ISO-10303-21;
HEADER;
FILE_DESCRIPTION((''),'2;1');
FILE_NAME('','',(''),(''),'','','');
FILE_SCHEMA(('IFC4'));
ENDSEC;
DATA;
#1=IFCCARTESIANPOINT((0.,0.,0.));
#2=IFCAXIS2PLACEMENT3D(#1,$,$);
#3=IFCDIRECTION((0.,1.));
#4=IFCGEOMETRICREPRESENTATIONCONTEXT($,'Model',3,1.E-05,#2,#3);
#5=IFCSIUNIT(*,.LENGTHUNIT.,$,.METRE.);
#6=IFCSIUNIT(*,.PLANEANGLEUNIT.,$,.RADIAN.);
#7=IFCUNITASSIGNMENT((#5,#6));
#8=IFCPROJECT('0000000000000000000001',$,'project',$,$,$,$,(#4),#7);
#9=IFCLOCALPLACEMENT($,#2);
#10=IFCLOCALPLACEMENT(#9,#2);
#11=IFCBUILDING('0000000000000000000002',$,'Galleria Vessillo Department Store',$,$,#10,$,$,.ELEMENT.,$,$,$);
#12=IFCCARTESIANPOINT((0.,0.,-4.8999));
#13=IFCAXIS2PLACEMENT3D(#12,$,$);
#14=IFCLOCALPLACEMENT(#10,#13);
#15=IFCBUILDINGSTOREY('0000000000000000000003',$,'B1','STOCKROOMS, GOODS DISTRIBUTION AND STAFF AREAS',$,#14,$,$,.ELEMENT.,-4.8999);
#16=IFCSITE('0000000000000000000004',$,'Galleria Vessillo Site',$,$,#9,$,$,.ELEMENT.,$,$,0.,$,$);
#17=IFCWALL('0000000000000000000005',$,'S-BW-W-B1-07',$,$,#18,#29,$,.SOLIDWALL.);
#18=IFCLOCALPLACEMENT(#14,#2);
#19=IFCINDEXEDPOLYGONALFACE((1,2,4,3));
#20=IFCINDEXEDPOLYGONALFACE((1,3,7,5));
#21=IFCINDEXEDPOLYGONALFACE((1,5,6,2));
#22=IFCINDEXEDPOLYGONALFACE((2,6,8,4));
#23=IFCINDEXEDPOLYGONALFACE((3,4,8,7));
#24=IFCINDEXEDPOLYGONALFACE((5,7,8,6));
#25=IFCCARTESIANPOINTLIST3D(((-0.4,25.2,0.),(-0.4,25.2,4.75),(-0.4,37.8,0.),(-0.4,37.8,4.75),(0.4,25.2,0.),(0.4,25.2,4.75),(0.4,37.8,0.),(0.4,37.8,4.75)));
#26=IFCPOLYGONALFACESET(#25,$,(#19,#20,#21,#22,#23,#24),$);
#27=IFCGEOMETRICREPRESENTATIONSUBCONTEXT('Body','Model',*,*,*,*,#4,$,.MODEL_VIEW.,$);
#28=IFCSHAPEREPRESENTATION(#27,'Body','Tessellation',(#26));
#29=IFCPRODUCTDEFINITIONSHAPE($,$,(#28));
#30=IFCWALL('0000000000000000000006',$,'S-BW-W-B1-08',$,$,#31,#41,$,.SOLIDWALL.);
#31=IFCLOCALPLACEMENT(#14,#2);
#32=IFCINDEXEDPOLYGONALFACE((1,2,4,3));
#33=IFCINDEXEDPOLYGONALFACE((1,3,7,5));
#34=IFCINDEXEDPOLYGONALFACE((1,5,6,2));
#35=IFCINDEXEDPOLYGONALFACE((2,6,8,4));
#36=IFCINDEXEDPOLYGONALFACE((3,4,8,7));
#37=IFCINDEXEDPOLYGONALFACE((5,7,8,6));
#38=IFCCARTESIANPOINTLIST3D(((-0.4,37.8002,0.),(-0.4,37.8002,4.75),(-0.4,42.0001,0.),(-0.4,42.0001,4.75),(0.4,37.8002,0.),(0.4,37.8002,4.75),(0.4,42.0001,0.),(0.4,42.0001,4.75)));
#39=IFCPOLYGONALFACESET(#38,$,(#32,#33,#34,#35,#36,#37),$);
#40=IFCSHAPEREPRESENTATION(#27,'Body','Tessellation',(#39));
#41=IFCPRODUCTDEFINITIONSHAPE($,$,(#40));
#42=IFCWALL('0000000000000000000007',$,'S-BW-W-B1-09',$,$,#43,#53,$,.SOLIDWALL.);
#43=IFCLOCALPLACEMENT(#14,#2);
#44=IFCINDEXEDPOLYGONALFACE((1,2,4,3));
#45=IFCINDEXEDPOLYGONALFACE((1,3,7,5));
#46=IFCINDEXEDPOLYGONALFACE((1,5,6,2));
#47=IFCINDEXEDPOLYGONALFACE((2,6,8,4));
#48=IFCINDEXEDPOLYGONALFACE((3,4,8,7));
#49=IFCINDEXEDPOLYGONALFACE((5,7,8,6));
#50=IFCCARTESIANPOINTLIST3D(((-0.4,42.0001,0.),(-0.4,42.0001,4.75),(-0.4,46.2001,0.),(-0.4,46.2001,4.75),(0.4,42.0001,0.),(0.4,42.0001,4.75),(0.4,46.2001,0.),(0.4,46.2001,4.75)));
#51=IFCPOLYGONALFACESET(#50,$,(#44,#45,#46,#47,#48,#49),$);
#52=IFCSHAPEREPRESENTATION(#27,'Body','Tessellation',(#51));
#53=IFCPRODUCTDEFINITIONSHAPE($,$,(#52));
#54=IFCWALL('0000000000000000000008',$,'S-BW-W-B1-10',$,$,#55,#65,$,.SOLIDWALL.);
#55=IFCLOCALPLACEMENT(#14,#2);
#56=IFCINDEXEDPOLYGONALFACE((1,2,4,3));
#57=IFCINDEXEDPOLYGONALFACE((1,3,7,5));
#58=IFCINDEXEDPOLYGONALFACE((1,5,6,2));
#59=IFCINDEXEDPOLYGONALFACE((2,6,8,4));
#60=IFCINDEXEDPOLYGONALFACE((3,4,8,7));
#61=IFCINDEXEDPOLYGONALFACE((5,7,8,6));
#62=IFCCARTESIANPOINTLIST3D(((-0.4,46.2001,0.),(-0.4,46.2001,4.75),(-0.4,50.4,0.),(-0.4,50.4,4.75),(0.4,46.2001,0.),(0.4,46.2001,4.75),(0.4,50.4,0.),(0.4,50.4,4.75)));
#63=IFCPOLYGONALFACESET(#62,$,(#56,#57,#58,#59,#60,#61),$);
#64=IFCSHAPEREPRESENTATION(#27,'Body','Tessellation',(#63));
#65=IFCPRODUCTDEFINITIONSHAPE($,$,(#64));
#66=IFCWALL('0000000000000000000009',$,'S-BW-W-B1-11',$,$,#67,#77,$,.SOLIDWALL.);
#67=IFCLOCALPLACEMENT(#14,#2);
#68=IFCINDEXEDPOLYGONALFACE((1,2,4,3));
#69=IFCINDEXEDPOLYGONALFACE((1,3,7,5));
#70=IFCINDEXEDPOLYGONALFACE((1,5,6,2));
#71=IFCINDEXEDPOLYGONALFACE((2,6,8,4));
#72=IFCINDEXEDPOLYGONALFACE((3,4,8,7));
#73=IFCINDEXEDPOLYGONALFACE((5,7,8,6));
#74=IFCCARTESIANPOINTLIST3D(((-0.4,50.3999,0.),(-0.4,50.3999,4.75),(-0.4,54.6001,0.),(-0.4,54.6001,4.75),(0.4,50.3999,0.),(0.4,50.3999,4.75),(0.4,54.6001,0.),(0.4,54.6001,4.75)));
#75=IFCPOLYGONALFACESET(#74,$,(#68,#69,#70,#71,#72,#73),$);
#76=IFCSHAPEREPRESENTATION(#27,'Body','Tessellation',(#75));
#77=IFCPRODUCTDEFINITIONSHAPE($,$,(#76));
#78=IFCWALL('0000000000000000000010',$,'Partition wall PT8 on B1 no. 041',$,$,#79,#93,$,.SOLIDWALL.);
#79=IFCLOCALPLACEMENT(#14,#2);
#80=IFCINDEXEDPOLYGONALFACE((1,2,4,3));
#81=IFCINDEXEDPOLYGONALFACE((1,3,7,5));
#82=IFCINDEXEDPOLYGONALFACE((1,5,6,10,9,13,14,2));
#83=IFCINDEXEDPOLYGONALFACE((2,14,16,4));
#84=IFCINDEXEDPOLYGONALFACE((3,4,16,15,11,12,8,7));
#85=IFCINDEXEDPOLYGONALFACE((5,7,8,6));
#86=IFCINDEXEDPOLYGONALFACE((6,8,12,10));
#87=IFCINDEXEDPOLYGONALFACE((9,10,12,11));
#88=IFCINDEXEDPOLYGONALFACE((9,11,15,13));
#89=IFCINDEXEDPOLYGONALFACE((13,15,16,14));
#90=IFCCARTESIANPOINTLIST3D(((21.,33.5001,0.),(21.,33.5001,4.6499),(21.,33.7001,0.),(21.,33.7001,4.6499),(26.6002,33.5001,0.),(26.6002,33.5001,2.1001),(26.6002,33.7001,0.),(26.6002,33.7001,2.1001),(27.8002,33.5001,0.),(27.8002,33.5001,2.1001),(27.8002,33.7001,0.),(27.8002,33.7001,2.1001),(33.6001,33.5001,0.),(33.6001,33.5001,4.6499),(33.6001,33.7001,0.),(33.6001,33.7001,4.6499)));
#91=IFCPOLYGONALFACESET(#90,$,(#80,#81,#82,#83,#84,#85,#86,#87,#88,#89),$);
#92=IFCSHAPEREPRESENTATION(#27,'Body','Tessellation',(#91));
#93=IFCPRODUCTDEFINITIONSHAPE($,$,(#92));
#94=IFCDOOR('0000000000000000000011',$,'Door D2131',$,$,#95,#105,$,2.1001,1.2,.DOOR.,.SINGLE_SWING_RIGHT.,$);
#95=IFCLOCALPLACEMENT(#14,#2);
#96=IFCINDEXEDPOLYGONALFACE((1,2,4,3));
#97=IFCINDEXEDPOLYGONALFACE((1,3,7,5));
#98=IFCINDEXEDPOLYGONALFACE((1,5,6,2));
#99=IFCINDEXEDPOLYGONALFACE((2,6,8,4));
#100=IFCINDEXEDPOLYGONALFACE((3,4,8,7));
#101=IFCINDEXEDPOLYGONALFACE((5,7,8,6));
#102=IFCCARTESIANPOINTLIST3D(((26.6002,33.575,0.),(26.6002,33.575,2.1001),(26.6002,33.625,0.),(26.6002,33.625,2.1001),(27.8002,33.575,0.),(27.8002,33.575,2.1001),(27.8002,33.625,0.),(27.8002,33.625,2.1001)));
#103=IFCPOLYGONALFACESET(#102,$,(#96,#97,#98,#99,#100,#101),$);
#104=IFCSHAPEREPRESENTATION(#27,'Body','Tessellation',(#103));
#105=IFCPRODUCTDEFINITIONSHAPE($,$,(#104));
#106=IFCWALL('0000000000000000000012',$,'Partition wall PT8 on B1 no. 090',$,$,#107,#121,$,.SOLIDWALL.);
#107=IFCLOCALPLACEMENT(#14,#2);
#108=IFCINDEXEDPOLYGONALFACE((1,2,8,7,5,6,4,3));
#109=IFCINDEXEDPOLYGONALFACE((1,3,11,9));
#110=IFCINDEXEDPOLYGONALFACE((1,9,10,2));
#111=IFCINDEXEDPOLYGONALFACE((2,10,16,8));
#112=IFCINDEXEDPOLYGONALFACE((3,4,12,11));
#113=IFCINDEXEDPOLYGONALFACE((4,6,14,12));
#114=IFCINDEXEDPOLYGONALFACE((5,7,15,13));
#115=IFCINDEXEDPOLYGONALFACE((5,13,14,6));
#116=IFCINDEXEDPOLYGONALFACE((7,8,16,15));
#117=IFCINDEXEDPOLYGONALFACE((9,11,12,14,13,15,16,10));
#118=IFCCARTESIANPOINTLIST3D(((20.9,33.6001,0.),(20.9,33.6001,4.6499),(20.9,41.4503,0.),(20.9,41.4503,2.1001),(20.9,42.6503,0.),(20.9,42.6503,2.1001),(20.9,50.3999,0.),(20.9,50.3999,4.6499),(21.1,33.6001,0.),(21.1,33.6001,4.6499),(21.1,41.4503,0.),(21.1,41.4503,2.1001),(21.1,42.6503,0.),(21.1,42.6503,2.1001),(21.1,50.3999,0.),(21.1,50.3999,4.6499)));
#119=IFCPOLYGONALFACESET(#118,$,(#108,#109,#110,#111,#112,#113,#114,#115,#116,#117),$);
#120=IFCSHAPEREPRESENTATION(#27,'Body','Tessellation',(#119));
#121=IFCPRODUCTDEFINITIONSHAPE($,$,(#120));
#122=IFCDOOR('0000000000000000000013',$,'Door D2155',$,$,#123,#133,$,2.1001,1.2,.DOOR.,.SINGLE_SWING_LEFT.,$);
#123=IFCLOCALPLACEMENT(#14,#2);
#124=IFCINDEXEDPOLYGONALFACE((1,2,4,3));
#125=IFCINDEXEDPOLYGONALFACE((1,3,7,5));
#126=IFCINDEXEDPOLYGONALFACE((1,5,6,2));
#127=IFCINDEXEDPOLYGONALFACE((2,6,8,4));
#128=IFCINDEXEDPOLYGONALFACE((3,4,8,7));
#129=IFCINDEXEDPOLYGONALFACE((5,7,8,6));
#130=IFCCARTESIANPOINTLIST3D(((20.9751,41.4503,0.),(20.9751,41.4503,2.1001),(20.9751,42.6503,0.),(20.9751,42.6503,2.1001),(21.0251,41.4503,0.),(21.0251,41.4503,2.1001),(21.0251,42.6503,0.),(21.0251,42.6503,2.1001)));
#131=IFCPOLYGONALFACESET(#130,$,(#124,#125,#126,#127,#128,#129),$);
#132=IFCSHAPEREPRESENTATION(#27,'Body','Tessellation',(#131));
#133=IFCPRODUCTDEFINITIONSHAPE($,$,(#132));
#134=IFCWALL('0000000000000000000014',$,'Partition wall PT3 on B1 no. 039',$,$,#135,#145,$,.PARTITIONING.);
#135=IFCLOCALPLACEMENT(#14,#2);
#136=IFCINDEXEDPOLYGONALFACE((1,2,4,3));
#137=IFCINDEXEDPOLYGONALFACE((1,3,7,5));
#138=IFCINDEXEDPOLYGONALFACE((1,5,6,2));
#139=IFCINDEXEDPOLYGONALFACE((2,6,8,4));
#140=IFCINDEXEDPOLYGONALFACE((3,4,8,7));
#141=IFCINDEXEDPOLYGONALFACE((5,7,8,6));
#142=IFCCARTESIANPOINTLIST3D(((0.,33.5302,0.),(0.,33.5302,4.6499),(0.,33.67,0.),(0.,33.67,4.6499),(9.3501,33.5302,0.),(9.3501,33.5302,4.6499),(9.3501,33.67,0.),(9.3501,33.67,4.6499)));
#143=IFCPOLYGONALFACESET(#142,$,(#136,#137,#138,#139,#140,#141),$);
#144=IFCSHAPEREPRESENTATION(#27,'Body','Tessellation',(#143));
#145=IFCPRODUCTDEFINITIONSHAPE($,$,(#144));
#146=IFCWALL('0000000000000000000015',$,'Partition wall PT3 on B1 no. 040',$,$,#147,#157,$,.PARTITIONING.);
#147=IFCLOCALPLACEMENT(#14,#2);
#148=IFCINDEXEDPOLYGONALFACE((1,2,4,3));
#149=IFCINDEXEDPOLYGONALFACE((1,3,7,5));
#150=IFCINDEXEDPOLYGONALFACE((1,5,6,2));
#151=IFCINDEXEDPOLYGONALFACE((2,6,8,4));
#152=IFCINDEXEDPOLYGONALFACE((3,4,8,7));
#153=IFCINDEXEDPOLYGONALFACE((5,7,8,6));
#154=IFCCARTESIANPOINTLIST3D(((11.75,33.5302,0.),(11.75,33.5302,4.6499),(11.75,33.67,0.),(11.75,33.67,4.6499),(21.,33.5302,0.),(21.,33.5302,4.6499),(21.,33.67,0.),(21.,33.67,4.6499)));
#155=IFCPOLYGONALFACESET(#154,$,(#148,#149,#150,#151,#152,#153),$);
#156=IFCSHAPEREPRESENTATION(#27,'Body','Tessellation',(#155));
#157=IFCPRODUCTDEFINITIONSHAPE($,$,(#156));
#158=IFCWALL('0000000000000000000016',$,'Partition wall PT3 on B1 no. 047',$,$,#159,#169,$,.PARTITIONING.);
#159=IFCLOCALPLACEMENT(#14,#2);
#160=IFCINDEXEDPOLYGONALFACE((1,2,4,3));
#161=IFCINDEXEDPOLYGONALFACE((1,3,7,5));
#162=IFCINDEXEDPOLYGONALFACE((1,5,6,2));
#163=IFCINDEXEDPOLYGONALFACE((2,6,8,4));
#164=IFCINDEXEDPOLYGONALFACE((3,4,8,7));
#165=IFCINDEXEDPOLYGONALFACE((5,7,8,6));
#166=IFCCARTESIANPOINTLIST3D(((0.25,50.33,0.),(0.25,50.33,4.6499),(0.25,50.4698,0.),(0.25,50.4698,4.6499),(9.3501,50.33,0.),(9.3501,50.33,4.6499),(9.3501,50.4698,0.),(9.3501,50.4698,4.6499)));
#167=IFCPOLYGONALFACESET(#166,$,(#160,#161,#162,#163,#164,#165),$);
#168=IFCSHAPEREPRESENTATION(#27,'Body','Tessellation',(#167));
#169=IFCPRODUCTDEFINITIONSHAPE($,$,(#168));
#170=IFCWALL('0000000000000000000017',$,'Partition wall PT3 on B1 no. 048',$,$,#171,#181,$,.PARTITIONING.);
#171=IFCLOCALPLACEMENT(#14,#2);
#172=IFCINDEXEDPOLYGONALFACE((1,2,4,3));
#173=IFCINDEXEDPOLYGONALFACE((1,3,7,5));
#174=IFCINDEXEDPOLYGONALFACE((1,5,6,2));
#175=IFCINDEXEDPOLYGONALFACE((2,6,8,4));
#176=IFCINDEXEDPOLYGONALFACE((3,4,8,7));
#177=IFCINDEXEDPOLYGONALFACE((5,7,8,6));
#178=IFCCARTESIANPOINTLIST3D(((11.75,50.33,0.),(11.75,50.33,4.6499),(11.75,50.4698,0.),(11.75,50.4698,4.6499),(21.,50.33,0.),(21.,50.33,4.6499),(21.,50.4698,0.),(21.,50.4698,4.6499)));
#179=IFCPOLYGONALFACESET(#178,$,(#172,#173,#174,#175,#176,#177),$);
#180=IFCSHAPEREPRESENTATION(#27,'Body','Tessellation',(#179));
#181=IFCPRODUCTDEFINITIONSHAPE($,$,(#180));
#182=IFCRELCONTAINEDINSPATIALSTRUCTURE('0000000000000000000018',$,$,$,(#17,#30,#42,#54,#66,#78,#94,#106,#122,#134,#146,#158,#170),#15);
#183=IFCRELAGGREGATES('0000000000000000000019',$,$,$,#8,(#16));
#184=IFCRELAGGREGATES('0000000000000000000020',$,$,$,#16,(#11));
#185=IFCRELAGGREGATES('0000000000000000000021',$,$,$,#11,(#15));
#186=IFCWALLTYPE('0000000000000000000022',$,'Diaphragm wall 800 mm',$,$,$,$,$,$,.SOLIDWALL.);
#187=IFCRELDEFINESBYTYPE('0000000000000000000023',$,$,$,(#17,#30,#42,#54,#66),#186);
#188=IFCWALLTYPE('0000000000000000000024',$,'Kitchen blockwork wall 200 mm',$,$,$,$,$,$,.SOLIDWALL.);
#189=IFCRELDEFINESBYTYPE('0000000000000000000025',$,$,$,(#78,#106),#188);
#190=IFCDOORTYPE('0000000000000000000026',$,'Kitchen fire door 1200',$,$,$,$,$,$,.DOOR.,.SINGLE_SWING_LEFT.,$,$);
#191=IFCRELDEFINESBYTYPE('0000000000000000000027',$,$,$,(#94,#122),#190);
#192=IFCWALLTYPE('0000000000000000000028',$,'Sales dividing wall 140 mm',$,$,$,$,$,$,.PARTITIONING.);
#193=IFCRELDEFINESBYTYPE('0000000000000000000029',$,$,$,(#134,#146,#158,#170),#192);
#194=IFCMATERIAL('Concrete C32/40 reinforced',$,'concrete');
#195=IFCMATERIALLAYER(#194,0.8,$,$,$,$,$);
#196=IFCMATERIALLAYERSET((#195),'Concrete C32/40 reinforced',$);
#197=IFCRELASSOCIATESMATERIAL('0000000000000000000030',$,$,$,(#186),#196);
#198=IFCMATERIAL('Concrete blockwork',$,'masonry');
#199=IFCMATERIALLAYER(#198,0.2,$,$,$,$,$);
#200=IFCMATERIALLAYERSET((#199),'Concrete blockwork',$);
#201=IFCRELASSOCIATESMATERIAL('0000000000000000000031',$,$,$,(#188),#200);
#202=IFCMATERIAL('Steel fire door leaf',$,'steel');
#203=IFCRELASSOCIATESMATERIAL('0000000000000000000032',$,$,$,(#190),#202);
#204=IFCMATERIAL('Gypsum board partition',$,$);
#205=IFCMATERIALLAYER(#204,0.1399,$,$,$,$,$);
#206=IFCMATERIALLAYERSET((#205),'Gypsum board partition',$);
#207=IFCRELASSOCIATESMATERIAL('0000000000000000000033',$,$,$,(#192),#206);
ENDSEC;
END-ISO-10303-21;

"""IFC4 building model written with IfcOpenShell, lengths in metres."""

from ifc_helpers import new_model, si_unit, direction, frame, frame_2d, origin, place, context, subcontext, project, spatial, rectangle, extrude, material, layer, layer_set, type_object, element, fill, save


model = new_model("IFC4")

# Units and contexts
model_context = context("Model", 3, precision=1e-05, world=origin(), true_north=direction((0.0, 1.0)))
body_context = subcontext(model_context, "Body", "Model", "MODEL_VIEW")
ifc_project = project(units=[si_unit("LENGTHUNIT", "METRE"), si_unit("PLANEANGLEUNIT", "RADIAN")], contexts=[model_context])

# Site, building, storey
site_placement = place(None, origin())
site = spatial("IfcSite", under=ifc_project, at=site_placement, Name="Galleria Vessillo Site", CompositionType="ELEMENT", RefElevation=0.0)
building_placement = place(site_placement, origin())
building = spatial("IfcBuilding", under=site, at=building_placement, Name="Galleria Vessillo Department Store", CompositionType="ELEMENT")
storey_placement = place(building_placement, frame((0.0, 0.0, -4.8999)))
storey = spatial("IfcBuildingStorey", under=building, at=storey_placement, Name="B1", Description="STOCKROOMS, GOODS DISTRIBUTION AND STAFF AREAS", CompositionType="ELEMENT", Elevation=-4.8999)

# Walls
ifc_material_1 = material(Name="Concrete C32/40 reinforced", Category="concrete")
ifc_layer_1 = layer(ifc_material_1, 0.8)
ifc_layer_set_1 = layer_set([ifc_layer_1], Name="Concrete C32/40 reinforced")
wall_type_1 = type_object("IfcWallType", Name="Diaphragm wall 800 mm", PredefinedType="SOLIDWALL", material=ifc_layer_set_1)
wall_1_placement = place(storey_placement, frame((0.0, 25.2, 0.0), z_axis=(0.0, 0.0, 1.0), x_axis=(0.0, 1.0, 0.0)))
element("IfcWall", 1, at=wall_1_placement, inside=storey, type_object=wall_type_1, Name="S-BW-W-B1-07", PredefinedType="SOLIDWALL", context=body_context, shape_type="SweptSolid", body=[
    extrude(rectangle(XDim=12.6001, YDim=0.8, at=frame_2d((6.3, 0.0))), origin(), (0.0, 0.0, 1.0), 4.75),
])
for number, where, z_axis, x_axis, name in (
    (2, (0.0, 37.8, 0.0), (0.0, 0.0, 1.0), (0.0, 1.0, 0.0), "S-BW-W-B1-08"),
    (3, (0.0, 42.0, 0.0), (0.0, 0.0, 1.0), (0.0, 1.0, 0.0), "S-BW-W-B1-09"),
    (4, (0.0, 46.2, 0.0), (0.0, 0.0, 1.0), (0.0, 1.0, 0.0), "S-BW-W-B1-10"),
):
    element("IfcWall", number, at=place(storey_placement, frame(where, z_axis=z_axis, x_axis=x_axis)), inside=storey, type_object=wall_type_1, Name=name, PredefinedType="SOLIDWALL", context=body_context, shape_type="SweptSolid", body=[
        extrude(rectangle(XDim=4.2, YDim=0.8, at=frame_2d((2.1001, 0.0))), origin(), (0.0, 0.0, 1.0), 4.75),
    ])
wall_2_placement = place(storey_placement, frame((0.0, 50.3999, 0.0), z_axis=(0.0, 0.0, 1.0), x_axis=(0.0, 1.0, 0.0)))
element("IfcWall", 5, at=wall_2_placement, inside=storey, type_object=wall_type_1, Name="S-BW-W-B1-11", PredefinedType="SOLIDWALL", context=body_context, shape_type="SweptSolid", body=[
    extrude(rectangle(XDim=4.2002, YDim=0.8, at=frame_2d((2.1001, 0.0))), origin(), (0.0, 0.0, 1.0), 4.75),
])

# Walls, openings, doors
ifc_material_2 = material(Name="Concrete blockwork", Category="masonry")
ifc_layer_2 = layer(ifc_material_2, 0.2)
ifc_layer_set_2 = layer_set([ifc_layer_2], Name="Concrete blockwork")
wall_type_2 = type_object("IfcWallType", Name="Kitchen blockwork wall 200 mm", PredefinedType="SOLIDWALL", material=ifc_layer_set_2)
wall_3_placement = place(storey_placement, frame((21.0, 33.6001, 0.0), z_axis=(0.0, 0.0, 1.0), x_axis=(1.0, 0.0, 0.0)))
wall_3 = element("IfcWall", 6, at=wall_3_placement, inside=storey, type_object=wall_type_2, Name="Partition wall PT8 on B1 no. 041", PredefinedType="SOLIDWALL", context=body_context, shape_type="SweptSolid", body=[
    extrude(rectangle(XDim=12.6001, YDim=0.2, at=frame_2d((6.3, 0.0))), origin(), (0.0, 0.0, 1.0), 4.6499),
])
opening_1_placement = place(wall_3_placement, frame((5.6001, 0.0, 0.0)))
opening_1 = element("IfcOpeningElement", 7, at=opening_1_placement, cuts=wall_3, PredefinedType="OPENING", context=body_context, shape_type="SweptSolid", body=[
    extrude(rectangle(XDim=1.2, YDim=2.1001, at=frame_2d((0.6001, 1.05))), frame((0.0, 0.1099, 0.0), z_axis=(0.0, -1.0, 0.0), x_axis=(1.0, 0.0, 0.0)), (0.0, 0.0, 1.0), 0.22),
])
ifc_material_3 = material(Name="Steel fire door leaf", Category="steel")
door_type_1 = type_object("IfcDoorType", Name="Kitchen fire door 1200", OperationType="SINGLE_SWING_LEFT", PredefinedType="DOOR", material=ifc_material_3)
door_1_placement = place(opening_1_placement, origin())
door_1 = element("IfcDoor", 8, at=door_1_placement, inside=storey, type_object=door_type_1, Name="Door D2131", OperationType="SINGLE_SWING_RIGHT", OverallHeight=2.1001, OverallWidth=1.2, PredefinedType="DOOR", context=body_context, shape_type="SweptSolid", body=[
    extrude(rectangle(XDim=1.2, YDim=2.1001, at=frame_2d((0.6001, 1.05))), frame((0.0, 0.0249, 0.0), z_axis=(0.0, -1.0, 0.0), x_axis=(1.0, 0.0, 0.0)), (0.0, 0.0, 1.0), 0.05),
])
fill(opening_1, door_1)
wall_4_placement = place(storey_placement, frame((21.0, 33.6001, 0.0), z_axis=(0.0, 0.0, 1.0), x_axis=(0.0, 1.0, 0.0)))
wall_4 = element("IfcWall", 9, at=wall_4_placement, inside=storey, type_object=wall_type_2, Name="Partition wall PT8 on B1 no. 090", PredefinedType="SOLIDWALL", context=body_context, shape_type="SweptSolid", body=[
    extrude(rectangle(XDim=16.7998, YDim=0.2, at=frame_2d((8.3999, 0.0))), origin(), (0.0, 0.0, 1.0), 4.6499),
])
opening_2_placement = place(wall_4_placement, frame((7.8501, 0.0, 0.0)))
opening_2 = element("IfcOpeningElement", 10, at=opening_2_placement, cuts=wall_4, PredefinedType="OPENING", context=body_context, shape_type="SweptSolid", body=[
    extrude(rectangle(XDim=1.2, YDim=2.1001, at=frame_2d((0.6001, 1.05))), frame((0.0, 0.1099, 0.0), z_axis=(0.0, -1.0, 0.0), x_axis=(1.0, 0.0, 0.0)), (0.0, 0.0, 1.0), 0.22),
])
door_2_placement = place(opening_2_placement, origin())
door_2 = element("IfcDoor", 11, at=door_2_placement, inside=storey, type_object=door_type_1, Name="Door D2155", OperationType="SINGLE_SWING_LEFT", OverallHeight=2.1001, OverallWidth=1.2, PredefinedType="DOOR", context=body_context, shape_type="SweptSolid", body=[
    extrude(rectangle(XDim=1.2, YDim=2.1001, at=frame_2d((0.6001, 1.05))), frame((0.0, 0.0249, 0.0), z_axis=(0.0, -1.0, 0.0), x_axis=(1.0, 0.0, 0.0)), (0.0, 0.0, 1.0), 0.05),
])
fill(opening_2, door_2)

# Walls
ifc_material_4 = material(Name="Gypsum board partition")
ifc_layer_3 = layer(ifc_material_4, 0.1399)
ifc_layer_set_3 = layer_set([ifc_layer_3], Name="Gypsum board partition")
wall_type_3 = type_object("IfcWallType", Name="Sales dividing wall 140 mm", PredefinedType="PARTITIONING", material=ifc_layer_set_3)
wall_5_placement = place(storey_placement, frame((0.0, 33.6001, 0.0), z_axis=(0.0, 0.0, 1.0), x_axis=(1.0, 0.0, 0.0)))
element("IfcWall", 12, at=wall_5_placement, inside=storey, type_object=wall_type_3, Name="Partition wall PT3 on B1 no. 039", PredefinedType="PARTITIONING", context=body_context, shape_type="SweptSolid", body=[
    extrude(rectangle(XDim=9.3501, YDim=0.1399, at=frame_2d((4.675, 0.0))), origin(), (0.0, 0.0, 1.0), 4.6499),
])
wall_6_placement = place(storey_placement, frame((11.75, 33.6001, 0.0), z_axis=(0.0, 0.0, 1.0), x_axis=(1.0, 0.0, 0.0)))
element("IfcWall", 13, at=wall_6_placement, inside=storey, type_object=wall_type_3, Name="Partition wall PT3 on B1 no. 040", PredefinedType="PARTITIONING", context=body_context, shape_type="SweptSolid", body=[
    extrude(rectangle(XDim=9.25, YDim=0.1399, at=frame_2d((4.625, 0.0))), origin(), (0.0, 0.0, 1.0), 4.6499),
])
wall_7_placement = place(storey_placement, frame((0.25, 50.3999, 0.0), z_axis=(0.0, 0.0, 1.0), x_axis=(1.0, 0.0, 0.0)))
element("IfcWall", 14, at=wall_7_placement, inside=storey, type_object=wall_type_3, Name="Partition wall PT3 on B1 no. 047", PredefinedType="PARTITIONING", context=body_context, shape_type="SweptSolid", body=[
    extrude(rectangle(XDim=9.1001, YDim=0.1399, at=frame_2d((4.55, 0.0))), origin(), (0.0, 0.0, 1.0), 4.6499),
])
wall_8_placement = place(storey_placement, frame((11.75, 50.3999, 0.0), z_axis=(0.0, 0.0, 1.0), x_axis=(1.0, 0.0, 0.0)))
element("IfcWall", 15, at=wall_8_placement, inside=storey, type_object=wall_type_3, Name="Partition wall PT3 on B1 no. 048", PredefinedType="PARTITIONING", context=body_context, shape_type="SweptSolid", body=[
    extrude(rectangle(XDim=9.25, YDim=0.1399, at=frame_2d((4.625, 0.0))), origin(), (0.0, 0.0, 1.0), 4.6499),
])

save(model, "model.ifc")
